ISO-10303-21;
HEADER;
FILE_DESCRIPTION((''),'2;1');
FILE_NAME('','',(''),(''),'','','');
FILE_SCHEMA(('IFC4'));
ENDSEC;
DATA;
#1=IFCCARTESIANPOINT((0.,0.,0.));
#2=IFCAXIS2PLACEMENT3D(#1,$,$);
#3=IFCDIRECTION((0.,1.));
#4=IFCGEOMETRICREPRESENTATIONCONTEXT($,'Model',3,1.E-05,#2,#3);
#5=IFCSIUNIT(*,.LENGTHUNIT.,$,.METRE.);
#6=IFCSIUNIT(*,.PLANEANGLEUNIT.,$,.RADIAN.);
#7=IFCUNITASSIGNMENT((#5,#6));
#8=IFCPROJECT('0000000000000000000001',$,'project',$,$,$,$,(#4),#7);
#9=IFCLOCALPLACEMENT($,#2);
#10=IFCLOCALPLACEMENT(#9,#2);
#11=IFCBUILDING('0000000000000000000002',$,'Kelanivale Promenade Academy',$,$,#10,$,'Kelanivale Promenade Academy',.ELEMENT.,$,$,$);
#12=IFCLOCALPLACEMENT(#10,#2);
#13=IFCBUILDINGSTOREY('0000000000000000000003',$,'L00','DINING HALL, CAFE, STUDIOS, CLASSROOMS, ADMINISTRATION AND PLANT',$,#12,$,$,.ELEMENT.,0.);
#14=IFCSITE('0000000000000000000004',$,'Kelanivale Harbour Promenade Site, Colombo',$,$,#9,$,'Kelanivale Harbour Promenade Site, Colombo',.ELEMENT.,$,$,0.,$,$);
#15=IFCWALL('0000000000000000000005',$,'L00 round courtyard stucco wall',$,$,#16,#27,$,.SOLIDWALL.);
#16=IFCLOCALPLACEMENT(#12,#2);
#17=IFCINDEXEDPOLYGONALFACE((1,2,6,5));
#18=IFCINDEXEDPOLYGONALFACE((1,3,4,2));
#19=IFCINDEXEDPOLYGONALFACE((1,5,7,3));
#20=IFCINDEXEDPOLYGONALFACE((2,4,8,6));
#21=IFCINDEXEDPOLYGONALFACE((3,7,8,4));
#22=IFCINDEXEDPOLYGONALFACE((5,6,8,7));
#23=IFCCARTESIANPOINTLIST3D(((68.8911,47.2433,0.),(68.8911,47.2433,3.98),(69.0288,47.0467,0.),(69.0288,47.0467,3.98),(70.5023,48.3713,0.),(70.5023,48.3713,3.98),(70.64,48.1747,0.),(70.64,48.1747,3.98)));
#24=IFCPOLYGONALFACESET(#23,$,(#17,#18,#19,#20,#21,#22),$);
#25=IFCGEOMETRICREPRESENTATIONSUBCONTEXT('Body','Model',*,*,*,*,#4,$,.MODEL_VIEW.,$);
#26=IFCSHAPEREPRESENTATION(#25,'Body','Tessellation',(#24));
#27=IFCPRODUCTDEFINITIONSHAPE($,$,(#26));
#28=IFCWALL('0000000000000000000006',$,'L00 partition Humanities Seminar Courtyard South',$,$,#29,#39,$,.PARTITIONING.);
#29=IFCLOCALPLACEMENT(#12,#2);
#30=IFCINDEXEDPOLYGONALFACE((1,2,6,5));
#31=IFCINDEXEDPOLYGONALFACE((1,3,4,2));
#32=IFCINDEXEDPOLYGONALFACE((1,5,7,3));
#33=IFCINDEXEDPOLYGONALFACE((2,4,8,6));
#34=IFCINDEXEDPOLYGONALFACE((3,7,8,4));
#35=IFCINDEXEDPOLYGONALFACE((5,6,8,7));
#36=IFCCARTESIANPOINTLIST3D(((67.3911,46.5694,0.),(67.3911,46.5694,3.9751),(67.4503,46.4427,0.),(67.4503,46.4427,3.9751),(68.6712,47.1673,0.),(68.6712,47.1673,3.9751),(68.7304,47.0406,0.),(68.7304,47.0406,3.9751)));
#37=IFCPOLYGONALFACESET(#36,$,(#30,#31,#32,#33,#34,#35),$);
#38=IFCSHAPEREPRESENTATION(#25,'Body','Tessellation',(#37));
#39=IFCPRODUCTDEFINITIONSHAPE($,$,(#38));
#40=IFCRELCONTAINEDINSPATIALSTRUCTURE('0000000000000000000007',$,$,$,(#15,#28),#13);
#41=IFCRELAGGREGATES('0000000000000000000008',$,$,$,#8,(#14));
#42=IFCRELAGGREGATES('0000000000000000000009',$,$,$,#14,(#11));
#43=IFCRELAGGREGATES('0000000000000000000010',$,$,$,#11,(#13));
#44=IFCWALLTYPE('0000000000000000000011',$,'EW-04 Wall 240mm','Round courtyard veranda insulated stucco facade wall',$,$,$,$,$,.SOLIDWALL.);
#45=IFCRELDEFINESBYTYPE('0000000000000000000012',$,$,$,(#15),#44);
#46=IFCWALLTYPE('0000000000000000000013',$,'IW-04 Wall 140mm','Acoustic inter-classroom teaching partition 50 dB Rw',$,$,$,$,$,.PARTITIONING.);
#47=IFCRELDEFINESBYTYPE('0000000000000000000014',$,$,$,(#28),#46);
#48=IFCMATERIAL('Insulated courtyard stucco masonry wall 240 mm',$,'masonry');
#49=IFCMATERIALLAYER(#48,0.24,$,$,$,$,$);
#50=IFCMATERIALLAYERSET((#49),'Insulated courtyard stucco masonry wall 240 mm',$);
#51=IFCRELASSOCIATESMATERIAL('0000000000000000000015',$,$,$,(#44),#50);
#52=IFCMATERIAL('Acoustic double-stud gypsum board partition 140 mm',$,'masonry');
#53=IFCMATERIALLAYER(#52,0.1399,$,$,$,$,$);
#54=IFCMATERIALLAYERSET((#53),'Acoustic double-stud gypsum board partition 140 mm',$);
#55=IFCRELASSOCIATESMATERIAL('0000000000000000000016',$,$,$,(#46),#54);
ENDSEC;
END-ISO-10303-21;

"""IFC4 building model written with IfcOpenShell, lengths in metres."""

from ifc_helpers import new_model, si_unit, direction, frame, frame_2d, origin, place, context, subcontext, project, spatial, rectangle, extrude, material, layer, layer_set, type_object, element, save


model = new_model("IFC4")

# Units and contexts
model_context = context("Model", 3, precision=1e-05, world=origin(), true_north=direction((0.0, 1.0)))
body_context = subcontext(model_context, "Body", "Model", "MODEL_VIEW")
ifc_project = project(units=[si_unit("LENGTHUNIT", "METRE"), si_unit("PLANEANGLEUNIT", "RADIAN")], contexts=[model_context])

# Site, building, storey
site_placement = place(None, origin())
site = spatial("IfcSite", under=ifc_project, at=site_placement, Name="Kelanivale Harbour Promenade Site, Colombo", LongName="Kelanivale Harbour Promenade Site, Colombo", CompositionType="ELEMENT", RefElevation=0.0)
building_placement = place(site_placement, origin())
building = spatial("IfcBuilding", under=site, at=building_placement, Name="Kelanivale Promenade Academy", LongName="Kelanivale Promenade Academy", CompositionType="ELEMENT")
storey_placement = place(building_placement, origin())
storey = spatial("IfcBuildingStorey", under=building, at=storey_placement, Name="L00", Description="DINING HALL, CAFE, STUDIOS, CLASSROOMS, ADMINISTRATION AND PLANT", CompositionType="ELEMENT", Elevation=0.0)

# Walls
ifc_material_1 = material(Name="Insulated courtyard stucco masonry wall 240 mm", Category="masonry")
ifc_layer_1 = layer(ifc_material_1, 0.24)
ifc_layer_set_1 = layer_set([ifc_layer_1], Name="Insulated courtyard stucco masonry wall 240 mm")
wall_type_1 = type_object("IfcWallType", Name="EW-04 Wall 240mm", Description="Round courtyard veranda insulated stucco facade wall", PredefinedType="SOLIDWALL", material=ifc_layer_set_1)
wall_1_placement = place(storey_placement, frame((68.96, 47.145, 0.0), z_axis=(0.0, 0.0, 1.0), x_axis=(0.819191, 0.573521, 0.0)))
element("IfcWall", 1, at=wall_1_placement, inside=storey, type_object=wall_type_1, Name="L00 round courtyard stucco wall", PredefinedType="SOLIDWALL", context=body_context, shape_type="SweptSolid", body=[
    extrude(rectangle(XDim=1.9668, YDim=0.24, at=frame_2d((0.9834, 0.0))), origin(), (0.0, 0.0, 1.0), 3.98),
])
ifc_material_2 = material(Name="Acoustic double-stud gypsum board partition 140 mm", Category="masonry")
ifc_layer_2 = layer(ifc_material_2, 0.1399)
ifc_layer_set_2 = layer_set([ifc_layer_2], Name="Acoustic double-stud gypsum board partition 140 mm")
wall_type_2 = type_object("IfcWallType", Name="IW-04 Wall 140mm", Description="Acoustic inter-classroom teaching partition 50 dB Rw", PredefinedType="PARTITIONING", material=ifc_layer_set_2)
wall_2_placement = place(storey_placement, frame((68.7009, 47.104, 0.0), z_axis=(0.0, 0.0, 1.0), x_axis=(-0.906033, -0.423207, 0.0)))
element("IfcWall", 2, at=wall_2_placement, inside=storey, type_object=wall_type_2, Name="L00 partition Humanities Seminar Courtyard South", PredefinedType="PARTITIONING", context=body_context, shape_type="SweptSolid", body=[
    extrude(rectangle(XDim=1.4128, YDim=0.1399, at=frame_2d((0.7065, 0.0))), origin(), (0.0, 0.0, 1.0), 3.9751),
])

save(model, "model.ifc")
